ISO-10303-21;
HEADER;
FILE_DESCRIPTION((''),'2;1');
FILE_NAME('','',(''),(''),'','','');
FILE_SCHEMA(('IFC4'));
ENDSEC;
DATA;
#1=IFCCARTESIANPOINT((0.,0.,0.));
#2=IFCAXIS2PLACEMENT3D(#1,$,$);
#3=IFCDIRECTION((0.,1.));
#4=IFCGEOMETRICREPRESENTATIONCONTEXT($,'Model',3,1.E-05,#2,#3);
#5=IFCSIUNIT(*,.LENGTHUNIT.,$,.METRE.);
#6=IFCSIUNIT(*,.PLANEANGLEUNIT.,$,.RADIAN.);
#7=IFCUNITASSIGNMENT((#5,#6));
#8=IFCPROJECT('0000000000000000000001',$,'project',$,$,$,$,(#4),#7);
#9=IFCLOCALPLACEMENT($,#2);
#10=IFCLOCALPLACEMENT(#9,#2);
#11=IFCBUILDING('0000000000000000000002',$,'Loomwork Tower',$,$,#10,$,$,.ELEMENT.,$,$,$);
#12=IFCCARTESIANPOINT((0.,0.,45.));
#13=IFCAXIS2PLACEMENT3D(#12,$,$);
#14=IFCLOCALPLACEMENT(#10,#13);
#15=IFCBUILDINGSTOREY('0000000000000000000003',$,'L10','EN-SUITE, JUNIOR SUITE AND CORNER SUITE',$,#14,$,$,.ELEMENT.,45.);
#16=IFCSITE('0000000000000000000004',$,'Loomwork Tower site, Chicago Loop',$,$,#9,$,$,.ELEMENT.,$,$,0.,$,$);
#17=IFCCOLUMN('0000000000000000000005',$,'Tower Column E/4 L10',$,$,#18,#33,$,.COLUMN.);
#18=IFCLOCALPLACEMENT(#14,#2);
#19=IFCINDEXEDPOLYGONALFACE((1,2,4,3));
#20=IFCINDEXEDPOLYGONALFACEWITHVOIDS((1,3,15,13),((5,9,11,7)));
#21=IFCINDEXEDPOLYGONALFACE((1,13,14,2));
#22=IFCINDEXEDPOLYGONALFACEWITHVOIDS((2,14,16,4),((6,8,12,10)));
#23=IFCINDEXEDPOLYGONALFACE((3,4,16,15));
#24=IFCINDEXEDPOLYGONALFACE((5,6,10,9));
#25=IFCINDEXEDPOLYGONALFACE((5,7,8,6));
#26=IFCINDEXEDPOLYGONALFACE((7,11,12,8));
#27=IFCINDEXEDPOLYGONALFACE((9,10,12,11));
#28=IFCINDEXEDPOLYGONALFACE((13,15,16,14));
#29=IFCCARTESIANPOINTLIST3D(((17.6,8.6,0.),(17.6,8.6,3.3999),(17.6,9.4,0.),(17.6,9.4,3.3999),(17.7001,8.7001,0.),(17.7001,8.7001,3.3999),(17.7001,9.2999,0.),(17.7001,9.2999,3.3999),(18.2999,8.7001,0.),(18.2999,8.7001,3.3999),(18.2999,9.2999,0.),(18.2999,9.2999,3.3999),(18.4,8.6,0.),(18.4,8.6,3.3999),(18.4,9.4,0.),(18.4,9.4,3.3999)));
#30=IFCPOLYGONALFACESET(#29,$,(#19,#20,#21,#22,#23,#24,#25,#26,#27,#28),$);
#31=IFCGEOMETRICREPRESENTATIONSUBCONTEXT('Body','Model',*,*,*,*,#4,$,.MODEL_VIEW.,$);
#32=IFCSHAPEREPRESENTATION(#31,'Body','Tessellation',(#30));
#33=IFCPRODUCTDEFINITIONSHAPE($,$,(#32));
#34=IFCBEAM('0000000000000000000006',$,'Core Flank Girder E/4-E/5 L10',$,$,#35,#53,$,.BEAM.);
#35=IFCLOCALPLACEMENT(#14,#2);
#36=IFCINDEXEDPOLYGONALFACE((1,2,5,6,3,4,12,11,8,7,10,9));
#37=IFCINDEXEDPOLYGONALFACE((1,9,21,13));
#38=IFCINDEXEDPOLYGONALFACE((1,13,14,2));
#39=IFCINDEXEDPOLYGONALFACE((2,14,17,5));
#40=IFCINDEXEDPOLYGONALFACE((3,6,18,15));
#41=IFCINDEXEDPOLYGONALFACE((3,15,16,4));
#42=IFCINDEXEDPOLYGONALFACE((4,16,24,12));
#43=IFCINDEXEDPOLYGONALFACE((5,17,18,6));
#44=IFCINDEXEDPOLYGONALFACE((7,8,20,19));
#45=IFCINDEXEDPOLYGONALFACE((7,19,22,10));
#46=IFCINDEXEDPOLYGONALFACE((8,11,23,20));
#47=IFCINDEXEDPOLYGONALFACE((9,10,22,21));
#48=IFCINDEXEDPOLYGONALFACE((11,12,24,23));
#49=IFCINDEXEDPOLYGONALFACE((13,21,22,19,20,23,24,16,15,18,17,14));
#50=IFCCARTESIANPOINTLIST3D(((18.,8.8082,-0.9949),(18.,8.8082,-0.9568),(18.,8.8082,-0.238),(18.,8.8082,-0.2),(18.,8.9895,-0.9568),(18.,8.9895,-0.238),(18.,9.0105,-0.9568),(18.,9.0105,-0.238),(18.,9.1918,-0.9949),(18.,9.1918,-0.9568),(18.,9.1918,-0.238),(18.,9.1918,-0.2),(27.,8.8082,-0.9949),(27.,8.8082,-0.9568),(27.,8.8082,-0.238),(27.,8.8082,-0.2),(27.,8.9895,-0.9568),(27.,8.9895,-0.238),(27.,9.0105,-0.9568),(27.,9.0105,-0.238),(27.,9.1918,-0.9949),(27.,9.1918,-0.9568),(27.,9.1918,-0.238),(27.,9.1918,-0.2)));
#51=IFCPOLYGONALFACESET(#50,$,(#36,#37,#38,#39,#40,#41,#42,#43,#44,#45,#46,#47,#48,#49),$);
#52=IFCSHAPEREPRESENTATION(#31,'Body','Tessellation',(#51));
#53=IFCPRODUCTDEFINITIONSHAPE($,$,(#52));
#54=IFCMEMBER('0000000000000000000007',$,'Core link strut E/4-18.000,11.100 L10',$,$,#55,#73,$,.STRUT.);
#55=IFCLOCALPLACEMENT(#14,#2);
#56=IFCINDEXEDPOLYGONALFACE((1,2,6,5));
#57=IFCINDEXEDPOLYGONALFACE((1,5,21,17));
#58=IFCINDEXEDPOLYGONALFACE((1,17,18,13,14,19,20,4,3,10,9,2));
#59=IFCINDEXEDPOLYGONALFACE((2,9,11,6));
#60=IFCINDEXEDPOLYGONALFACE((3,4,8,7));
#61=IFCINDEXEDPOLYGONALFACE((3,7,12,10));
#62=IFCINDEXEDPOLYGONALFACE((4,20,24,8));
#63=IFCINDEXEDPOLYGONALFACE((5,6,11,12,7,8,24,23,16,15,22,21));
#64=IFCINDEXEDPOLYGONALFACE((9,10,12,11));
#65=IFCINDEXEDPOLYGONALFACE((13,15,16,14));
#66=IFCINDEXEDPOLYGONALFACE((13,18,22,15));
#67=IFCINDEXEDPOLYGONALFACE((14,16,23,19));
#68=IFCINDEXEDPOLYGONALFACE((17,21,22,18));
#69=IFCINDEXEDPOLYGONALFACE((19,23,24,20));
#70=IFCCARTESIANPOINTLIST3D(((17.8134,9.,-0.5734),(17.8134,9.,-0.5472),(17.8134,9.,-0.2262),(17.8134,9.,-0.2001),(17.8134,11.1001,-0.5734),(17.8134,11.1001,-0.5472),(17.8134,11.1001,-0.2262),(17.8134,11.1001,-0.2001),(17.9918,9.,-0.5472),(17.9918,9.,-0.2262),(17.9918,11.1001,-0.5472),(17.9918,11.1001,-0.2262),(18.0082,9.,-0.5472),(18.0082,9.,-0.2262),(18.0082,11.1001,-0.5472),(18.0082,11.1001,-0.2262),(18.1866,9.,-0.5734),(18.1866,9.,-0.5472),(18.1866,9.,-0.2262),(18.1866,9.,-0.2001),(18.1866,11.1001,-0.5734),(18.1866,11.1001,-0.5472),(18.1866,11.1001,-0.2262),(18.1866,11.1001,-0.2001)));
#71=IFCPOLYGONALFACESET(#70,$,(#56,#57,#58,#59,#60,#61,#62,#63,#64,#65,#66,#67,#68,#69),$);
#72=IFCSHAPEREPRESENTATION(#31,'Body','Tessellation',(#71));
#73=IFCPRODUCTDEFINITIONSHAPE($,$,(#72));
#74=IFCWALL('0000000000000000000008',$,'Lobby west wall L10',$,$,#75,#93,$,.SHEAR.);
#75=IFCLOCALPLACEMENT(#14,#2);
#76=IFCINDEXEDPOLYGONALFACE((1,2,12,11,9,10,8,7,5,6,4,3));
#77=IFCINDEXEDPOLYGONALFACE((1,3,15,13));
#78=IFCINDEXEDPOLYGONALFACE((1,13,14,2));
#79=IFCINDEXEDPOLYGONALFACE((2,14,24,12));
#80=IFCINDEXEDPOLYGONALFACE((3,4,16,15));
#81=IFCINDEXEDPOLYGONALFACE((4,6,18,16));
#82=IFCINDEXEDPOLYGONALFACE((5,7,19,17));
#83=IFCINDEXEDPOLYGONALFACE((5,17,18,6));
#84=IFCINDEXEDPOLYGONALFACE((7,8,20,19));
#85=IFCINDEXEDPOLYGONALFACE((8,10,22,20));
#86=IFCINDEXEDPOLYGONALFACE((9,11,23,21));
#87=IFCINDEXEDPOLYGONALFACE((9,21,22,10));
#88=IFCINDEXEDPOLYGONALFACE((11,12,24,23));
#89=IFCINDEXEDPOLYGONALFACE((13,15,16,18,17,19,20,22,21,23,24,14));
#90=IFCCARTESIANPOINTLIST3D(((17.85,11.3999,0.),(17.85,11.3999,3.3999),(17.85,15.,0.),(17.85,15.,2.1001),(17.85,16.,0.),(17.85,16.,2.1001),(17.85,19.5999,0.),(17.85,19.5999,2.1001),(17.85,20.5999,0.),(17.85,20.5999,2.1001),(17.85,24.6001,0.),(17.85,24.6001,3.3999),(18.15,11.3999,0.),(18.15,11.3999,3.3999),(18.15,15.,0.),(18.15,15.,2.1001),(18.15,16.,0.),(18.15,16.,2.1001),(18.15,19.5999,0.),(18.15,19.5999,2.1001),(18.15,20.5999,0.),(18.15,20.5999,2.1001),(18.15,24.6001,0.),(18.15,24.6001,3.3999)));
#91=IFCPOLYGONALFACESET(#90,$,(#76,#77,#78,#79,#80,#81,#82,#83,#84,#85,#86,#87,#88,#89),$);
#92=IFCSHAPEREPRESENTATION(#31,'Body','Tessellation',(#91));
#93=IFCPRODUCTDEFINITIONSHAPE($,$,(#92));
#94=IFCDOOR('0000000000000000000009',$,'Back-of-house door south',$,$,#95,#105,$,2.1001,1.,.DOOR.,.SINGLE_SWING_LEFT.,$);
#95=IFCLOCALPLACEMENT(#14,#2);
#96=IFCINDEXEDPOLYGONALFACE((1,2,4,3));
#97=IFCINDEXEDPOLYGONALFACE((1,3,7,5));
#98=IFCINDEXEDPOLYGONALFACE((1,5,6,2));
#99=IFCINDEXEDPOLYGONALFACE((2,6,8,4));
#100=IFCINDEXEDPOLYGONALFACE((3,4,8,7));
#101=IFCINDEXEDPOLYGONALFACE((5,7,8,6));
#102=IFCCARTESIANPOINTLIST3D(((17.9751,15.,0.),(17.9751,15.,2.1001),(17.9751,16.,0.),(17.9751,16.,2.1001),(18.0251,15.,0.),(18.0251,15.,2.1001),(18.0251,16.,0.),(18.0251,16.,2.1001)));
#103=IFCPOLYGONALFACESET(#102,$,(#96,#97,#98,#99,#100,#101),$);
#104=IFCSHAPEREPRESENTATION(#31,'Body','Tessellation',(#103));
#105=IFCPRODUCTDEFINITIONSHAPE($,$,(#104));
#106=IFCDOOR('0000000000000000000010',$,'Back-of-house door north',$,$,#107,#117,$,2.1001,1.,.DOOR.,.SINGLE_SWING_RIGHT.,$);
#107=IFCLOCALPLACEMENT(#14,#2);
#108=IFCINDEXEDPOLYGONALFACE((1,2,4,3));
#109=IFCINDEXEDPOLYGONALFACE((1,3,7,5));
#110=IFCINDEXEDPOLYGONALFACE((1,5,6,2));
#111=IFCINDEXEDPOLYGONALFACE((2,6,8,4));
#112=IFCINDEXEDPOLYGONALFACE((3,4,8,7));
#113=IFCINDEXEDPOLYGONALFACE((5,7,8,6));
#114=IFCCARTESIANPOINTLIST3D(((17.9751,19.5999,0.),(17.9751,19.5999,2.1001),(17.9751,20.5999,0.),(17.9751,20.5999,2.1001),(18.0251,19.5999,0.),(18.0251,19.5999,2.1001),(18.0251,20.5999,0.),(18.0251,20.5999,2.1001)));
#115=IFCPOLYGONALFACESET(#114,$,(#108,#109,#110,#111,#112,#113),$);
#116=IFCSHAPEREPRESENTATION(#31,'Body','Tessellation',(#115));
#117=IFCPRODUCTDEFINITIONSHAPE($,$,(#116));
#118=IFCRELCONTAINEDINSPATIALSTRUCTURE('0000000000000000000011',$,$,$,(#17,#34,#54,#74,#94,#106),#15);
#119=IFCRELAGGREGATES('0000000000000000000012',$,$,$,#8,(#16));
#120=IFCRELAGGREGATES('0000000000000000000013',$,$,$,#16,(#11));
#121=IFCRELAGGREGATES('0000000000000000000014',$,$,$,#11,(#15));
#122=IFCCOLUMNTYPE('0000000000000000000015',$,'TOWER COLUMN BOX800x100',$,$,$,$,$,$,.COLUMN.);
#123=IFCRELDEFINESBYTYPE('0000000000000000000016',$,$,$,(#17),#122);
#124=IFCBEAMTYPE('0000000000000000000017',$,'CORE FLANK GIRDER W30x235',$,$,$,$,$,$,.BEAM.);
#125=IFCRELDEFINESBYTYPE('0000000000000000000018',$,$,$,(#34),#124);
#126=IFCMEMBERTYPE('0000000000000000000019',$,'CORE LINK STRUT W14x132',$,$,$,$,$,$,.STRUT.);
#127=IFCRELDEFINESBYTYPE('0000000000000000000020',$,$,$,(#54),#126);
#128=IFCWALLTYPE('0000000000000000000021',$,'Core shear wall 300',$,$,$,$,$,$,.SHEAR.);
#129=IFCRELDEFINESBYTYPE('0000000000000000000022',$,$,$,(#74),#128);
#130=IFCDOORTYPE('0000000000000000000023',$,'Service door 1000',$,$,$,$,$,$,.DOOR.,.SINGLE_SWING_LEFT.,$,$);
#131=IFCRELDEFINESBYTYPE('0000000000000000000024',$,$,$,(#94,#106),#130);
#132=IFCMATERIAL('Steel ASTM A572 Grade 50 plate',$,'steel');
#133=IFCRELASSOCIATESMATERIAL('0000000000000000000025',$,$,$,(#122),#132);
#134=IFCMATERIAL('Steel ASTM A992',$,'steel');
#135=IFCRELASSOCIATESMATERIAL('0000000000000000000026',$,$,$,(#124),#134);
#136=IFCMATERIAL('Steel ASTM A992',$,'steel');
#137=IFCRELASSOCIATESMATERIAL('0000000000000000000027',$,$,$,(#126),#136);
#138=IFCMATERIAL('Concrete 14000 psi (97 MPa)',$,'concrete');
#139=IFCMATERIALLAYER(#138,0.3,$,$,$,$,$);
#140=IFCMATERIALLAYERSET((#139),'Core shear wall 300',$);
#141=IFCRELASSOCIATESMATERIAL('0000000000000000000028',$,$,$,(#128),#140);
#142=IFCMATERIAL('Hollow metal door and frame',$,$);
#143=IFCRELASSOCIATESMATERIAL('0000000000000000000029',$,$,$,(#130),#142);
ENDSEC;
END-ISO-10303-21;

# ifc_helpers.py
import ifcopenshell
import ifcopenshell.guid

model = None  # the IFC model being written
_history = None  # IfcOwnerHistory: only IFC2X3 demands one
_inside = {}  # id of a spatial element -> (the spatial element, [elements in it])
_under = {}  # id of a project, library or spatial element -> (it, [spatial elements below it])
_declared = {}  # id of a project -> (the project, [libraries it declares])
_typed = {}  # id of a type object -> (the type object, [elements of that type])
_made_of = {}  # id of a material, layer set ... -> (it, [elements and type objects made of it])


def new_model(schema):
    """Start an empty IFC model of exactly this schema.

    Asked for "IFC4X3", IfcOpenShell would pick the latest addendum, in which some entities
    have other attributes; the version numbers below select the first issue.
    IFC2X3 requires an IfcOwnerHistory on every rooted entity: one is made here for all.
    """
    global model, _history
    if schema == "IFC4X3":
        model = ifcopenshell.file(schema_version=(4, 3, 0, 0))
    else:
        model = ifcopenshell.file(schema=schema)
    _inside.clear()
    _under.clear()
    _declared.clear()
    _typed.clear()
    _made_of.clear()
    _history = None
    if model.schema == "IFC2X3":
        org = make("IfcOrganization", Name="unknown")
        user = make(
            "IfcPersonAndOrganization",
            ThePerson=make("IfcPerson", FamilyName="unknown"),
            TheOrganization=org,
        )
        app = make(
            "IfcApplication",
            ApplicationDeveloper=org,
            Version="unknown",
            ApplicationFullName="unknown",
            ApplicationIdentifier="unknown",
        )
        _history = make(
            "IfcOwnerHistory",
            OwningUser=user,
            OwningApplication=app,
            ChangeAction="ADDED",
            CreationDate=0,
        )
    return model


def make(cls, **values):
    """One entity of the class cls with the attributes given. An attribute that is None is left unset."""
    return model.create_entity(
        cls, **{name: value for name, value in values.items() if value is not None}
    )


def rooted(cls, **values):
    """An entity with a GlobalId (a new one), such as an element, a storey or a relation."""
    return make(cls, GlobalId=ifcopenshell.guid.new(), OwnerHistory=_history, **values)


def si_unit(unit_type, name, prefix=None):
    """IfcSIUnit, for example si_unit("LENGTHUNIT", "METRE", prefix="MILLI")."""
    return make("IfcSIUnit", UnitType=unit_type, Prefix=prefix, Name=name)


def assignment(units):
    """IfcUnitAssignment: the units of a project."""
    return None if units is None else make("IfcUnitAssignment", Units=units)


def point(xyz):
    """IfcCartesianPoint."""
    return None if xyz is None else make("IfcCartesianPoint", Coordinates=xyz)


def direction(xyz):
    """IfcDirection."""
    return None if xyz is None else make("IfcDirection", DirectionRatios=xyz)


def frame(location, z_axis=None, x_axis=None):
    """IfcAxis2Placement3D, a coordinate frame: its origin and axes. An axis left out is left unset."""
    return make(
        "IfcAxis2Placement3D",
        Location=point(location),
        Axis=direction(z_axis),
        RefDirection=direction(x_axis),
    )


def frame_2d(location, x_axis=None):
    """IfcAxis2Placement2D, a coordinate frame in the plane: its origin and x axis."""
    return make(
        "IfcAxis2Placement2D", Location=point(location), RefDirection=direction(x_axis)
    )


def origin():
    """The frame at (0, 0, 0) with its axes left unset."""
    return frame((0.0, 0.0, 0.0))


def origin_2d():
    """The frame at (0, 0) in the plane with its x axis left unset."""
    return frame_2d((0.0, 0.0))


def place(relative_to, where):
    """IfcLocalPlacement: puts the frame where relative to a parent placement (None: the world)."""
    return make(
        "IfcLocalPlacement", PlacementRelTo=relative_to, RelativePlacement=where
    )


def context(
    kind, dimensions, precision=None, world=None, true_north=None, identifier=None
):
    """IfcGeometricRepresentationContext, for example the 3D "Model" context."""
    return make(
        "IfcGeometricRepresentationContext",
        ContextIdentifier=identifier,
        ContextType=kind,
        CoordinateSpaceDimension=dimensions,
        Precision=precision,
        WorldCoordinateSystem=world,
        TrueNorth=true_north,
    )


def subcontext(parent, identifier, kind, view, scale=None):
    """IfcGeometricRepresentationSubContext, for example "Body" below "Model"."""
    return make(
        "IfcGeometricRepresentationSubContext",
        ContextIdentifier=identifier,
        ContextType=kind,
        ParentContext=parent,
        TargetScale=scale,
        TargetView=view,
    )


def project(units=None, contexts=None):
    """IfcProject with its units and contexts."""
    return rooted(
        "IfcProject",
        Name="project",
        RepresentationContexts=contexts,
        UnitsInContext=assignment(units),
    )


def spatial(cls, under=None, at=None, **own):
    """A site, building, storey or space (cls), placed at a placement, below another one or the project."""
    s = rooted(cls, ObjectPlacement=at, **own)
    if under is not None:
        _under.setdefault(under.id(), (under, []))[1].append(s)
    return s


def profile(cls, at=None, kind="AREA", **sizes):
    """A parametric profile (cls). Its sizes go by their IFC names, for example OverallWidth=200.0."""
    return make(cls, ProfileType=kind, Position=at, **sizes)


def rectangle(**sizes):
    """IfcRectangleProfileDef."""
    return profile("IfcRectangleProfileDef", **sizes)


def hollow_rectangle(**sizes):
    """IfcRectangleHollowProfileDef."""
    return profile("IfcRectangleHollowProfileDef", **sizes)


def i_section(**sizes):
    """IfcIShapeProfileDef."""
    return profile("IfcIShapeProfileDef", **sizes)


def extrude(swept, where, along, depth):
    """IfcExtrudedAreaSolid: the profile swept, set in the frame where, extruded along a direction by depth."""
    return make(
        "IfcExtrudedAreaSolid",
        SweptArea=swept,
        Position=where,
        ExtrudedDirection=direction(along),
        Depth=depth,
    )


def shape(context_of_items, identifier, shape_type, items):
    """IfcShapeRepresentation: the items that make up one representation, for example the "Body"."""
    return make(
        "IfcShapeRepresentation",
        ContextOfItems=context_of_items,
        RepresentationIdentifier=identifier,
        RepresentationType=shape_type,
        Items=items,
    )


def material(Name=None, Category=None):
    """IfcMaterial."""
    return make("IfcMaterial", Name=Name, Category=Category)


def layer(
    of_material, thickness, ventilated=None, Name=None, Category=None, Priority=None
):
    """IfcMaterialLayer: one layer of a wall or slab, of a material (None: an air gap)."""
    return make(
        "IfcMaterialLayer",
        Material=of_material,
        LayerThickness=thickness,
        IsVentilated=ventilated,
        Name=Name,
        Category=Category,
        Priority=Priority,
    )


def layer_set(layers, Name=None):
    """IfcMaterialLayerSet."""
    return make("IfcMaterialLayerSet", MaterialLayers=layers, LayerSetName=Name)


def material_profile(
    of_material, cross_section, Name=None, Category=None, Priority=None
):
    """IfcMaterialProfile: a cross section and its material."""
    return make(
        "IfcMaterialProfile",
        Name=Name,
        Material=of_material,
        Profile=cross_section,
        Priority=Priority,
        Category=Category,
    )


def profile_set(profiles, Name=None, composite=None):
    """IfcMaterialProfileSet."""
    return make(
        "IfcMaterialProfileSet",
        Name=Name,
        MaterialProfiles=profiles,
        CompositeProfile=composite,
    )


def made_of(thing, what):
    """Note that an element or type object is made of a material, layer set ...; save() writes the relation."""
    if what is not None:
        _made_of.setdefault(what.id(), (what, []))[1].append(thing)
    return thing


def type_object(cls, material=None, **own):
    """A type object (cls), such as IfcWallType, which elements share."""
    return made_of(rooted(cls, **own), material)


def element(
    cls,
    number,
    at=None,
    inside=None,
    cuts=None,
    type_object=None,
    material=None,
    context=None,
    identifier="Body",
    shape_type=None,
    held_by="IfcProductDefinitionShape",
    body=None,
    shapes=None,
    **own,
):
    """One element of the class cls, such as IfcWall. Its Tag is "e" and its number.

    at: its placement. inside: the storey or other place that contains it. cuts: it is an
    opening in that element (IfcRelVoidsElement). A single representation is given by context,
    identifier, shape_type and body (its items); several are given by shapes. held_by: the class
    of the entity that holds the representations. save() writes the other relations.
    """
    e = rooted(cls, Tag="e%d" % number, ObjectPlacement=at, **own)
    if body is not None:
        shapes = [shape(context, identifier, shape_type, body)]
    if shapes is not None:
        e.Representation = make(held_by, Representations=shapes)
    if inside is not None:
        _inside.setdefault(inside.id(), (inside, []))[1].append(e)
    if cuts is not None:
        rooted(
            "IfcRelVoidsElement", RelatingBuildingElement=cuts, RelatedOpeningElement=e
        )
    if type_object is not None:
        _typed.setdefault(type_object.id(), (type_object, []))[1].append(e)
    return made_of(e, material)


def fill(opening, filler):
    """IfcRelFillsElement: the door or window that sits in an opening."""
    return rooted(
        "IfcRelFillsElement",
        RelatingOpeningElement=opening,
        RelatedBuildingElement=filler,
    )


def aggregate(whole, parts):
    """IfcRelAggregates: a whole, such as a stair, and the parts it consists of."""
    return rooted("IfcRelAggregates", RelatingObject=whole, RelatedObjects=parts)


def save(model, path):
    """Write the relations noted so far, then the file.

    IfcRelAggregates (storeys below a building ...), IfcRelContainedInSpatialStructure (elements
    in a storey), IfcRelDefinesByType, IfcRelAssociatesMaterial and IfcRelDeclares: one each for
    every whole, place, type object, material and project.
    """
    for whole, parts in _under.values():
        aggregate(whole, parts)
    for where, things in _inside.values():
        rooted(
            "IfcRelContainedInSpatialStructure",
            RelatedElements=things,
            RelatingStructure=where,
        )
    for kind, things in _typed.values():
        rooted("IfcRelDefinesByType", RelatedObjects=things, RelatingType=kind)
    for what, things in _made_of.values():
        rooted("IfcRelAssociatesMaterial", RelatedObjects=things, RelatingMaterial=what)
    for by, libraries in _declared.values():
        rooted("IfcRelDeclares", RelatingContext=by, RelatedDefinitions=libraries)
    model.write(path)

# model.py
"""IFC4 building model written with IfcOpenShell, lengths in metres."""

from ifc_helpers import new_model, si_unit, direction, frame, frame_2d, origin, origin_2d, place, context, subcontext, project, spatial, rectangle, hollow_rectangle, i_section, extrude, material, layer, layer_set, material_profile, profile_set, type_object, element, fill, save


model = new_model("IFC4")

# Units and contexts
model_context = context("Model", 3, precision=1e-05, world=origin(), true_north=direction((0.0, 1.0)))
body_context = subcontext(model_context, "Body", "Model", "MODEL_VIEW")
ifc_project = project(units=[si_unit("LENGTHUNIT", "METRE"), si_unit("PLANEANGLEUNIT", "RADIAN")], contexts=[model_context])

# Site, building, storey
site_placement = place(None, origin())
site = spatial("IfcSite", under=ifc_project, at=site_placement, Name="Loomwork Tower site, Chicago Loop", CompositionType="ELEMENT", RefElevation=0.0)
building_placement = place(site_placement, origin())
building = spatial("IfcBuilding", under=site, at=building_placement, Name="Loomwork Tower", CompositionType="ELEMENT")
storey_placement = place(building_placement, frame((0.0, 0.0, 45.0)))
storey = spatial("IfcBuildingStorey", under=building, at=storey_placement, Name="L10", Description="EN-SUITE, JUNIOR SUITE AND CORNER SUITE", CompositionType="ELEMENT", Elevation=45.0)

# Column
ifc_material_1 = material(Name="Steel ASTM A572 Grade 50 plate", Category="steel")
ifc_material_profile_1 = material_profile(ifc_material_1, hollow_rectangle(XDim=0.8, YDim=0.8, WallThickness=0.1001, at=origin_2d()), Name="BOX800x100")
ifc_profile_set_1 = profile_set([ifc_material_profile_1], Name="Steel ASTM A572 Grade 50 plate")
column_type = type_object("IfcColumnType", Name="TOWER COLUMN BOX800x100", PredefinedType="COLUMN", material=ifc_profile_set_1)
column_placement = place(storey_placement, frame((18.0, 9.0, 0.0), z_axis=(0.0, 0.0, 1.0), x_axis=(1.0, 0.0, 0.0)))
element("IfcColumn", 1, at=column_placement, inside=storey, type_object=column_type, Name="Tower Column E/4 L10", PredefinedType="COLUMN", context=body_context, shape_type="SweptSolid", body=[
    extrude(hollow_rectangle(XDim=0.8, YDim=0.8, WallThickness=0.1001, at=origin_2d()), origin(), (0.0, 0.0, 1.0), 3.3999),
])

# Beam
ifc_material_2 = material(Name="Steel ASTM A992", Category="steel")
ifc_material_profile_2 = material_profile(ifc_material_2, i_section(OverallWidth=0.3835, OverallDepth=0.7949, WebThickness=0.021, FlangeThickness=0.0381, at=origin_2d()), Name="W30x235")
ifc_profile_set_2 = profile_set([ifc_material_profile_2], Name="Steel ASTM A992")
beam_type = type_object("IfcBeamType", Name="CORE FLANK GIRDER W30x235", PredefinedType="BEAM", material=ifc_profile_set_2)
beam_placement = place(storey_placement, frame((18.0, 9.0, -0.5974), z_axis=(1.0, 0.0, 0.0), x_axis=(0.0, 1.0, 0.0)))
element("IfcBeam", 2, at=beam_placement, inside=storey, type_object=beam_type, Name="Core Flank Girder E/4-E/5 L10", PredefinedType="BEAM", context=body_context, shape_type="SweptSolid", body=[
    extrude(i_section(OverallWidth=0.3835, OverallDepth=0.7949, WebThickness=0.021, FlangeThickness=0.0381, at=origin_2d()), origin(), (0.0, 0.0, 1.0), 9.0),
])

# Member
ifc_material_3 = material(Name="Steel ASTM A992", Category="steel")
ifc_material_profile_3 = material_profile(ifc_material_3, i_section(OverallWidth=0.3733, OverallDepth=0.3733, WebThickness=0.0164, FlangeThickness=0.0261, at=origin_2d()), Name="W14x132")
ifc_profile_set_3 = profile_set([ifc_material_profile_3], Name="Steel ASTM A992")
member_type = type_object("IfcMemberType", Name="CORE LINK STRUT W14x132", PredefinedType="STRUT", material=ifc_profile_set_3)
member_placement = place(storey_placement, frame((18.0, 9.0, -0.3867), z_axis=(0.0, 1.0, 0.0), x_axis=(-1.0, 0.0, 0.0)))
element("IfcMember", 3, at=member_placement, inside=storey, type_object=member_type, Name="Core link strut E/4-18.000,11.100 L10", PredefinedType="STRUT", context=body_context, shape_type="SweptSolid", body=[
    extrude(i_section(OverallWidth=0.3733, OverallDepth=0.3733, WebThickness=0.0164, FlangeThickness=0.0261, at=origin_2d()), origin(), (0.0, 0.0, 1.0), 2.1001),
])

# Wall, openings, doors
ifc_material_4 = material(Name="Concrete 14000 psi (97 MPa)", Category="concrete")
ifc_layer_1 = layer(ifc_material_4, 0.3)
ifc_layer_set_1 = layer_set([ifc_layer_1], Name="Core shear wall 300")
wall_type_1 = type_object("IfcWallType", Name="Core shear wall 300", PredefinedType="SHEAR", material=ifc_layer_set_1)
wall_1_placement = place(storey_placement, frame((18.0, 11.3999, 0.0), z_axis=(0.0, 0.0, 1.0), x_axis=(0.0, 1.0, 0.0)))
wall_1 = element("IfcWall", 4, at=wall_1_placement, inside=storey, type_object=wall_type_1, Name="Lobby west wall L10", PredefinedType="SHEAR", context=body_context, shape_type="SweptSolid", body=[
    extrude(rectangle(XDim=13.2002, YDim=0.3, at=frame_2d((6.6001, 0.0))), origin(), (0.0, 0.0, 1.0), 3.3999),
])
opening_1_placement = place(wall_1_placement, frame((3.6001, 0.0, 0.0)))
opening_1 = element("IfcOpeningElement", 5, at=opening_1_placement, cuts=wall_1, PredefinedType="OPENING", context=body_context, shape_type="SweptSolid", body=[
    extrude(rectangle(XDim=1.0, YDim=2.1001, at=frame_2d((0.5, 1.05))), frame((0.0, 0.1599, 0.0), z_axis=(0.0, -1.0, 0.0), x_axis=(1.0, 0.0, 0.0)), (0.0, 0.0, 1.0), 0.3201),
])
opening_2_placement = place(wall_1_placement, frame((8.2, 0.0, 0.0)))
opening_2 = element("IfcOpeningElement", 6, at=opening_2_placement, cuts=wall_1, PredefinedType="OPENING", context=body_context, shape_type="SweptSolid", body=[
    extrude(rectangle(XDim=1.0, YDim=2.1001, at=frame_2d((0.5, 1.05))), frame((0.0, 0.1599, 0.0), z_axis=(0.0, -1.0, 0.0), x_axis=(1.0, 0.0, 0.0)), (0.0, 0.0, 1.0), 0.3201),
])
ifc_material_5 = material(Name="Hollow metal door and frame")
door_type_1 = type_object("IfcDoorType", Name="Service door 1000", OperationType="SINGLE_SWING_LEFT", PredefinedType="DOOR", material=ifc_material_5)
door_1_placement = place(opening_1_placement, origin())
door_1 = element("IfcDoor", 7, at=door_1_placement, inside=storey, type_object=door_type_1, Name="Back-of-house door south", OperationType="SINGLE_SWING_LEFT", OverallHeight=2.1001, OverallWidth=1.0, PredefinedType="DOOR", context=body_context, shape_type="SweptSolid", body=[
    extrude(rectangle(XDim=1.0, YDim=2.1001, at=frame_2d((0.5, 1.05))), frame((0.0, 0.0249, 0.0), z_axis=(0.0, -1.0, 0.0), x_axis=(1.0, 0.0, 0.0)), (0.0, 0.0, 1.0), 0.05),
])
fill(opening_1, door_1)
door_2_placement = place(opening_2_placement, origin())
door_2 = element("IfcDoor", 8, at=door_2_placement, inside=storey, type_object=door_type_1, Name="Back-of-house door north", OperationType="SINGLE_SWING_RIGHT", OverallHeight=2.1001, OverallWidth=1.0, PredefinedType="DOOR", context=body_context, shape_type="SweptSolid", body=[
    extrude(rectangle(XDim=1.0, YDim=2.1001, at=frame_2d((0.5, 1.05))), frame((0.0, 0.0249, 0.0), z_axis=(0.0, -1.0, 0.0), x_axis=(1.0, 0.0, 0.0)), (0.0, 0.0, 1.0), 0.05),
])
fill(opening_2, door_2)

save(model, "model.ifc")
